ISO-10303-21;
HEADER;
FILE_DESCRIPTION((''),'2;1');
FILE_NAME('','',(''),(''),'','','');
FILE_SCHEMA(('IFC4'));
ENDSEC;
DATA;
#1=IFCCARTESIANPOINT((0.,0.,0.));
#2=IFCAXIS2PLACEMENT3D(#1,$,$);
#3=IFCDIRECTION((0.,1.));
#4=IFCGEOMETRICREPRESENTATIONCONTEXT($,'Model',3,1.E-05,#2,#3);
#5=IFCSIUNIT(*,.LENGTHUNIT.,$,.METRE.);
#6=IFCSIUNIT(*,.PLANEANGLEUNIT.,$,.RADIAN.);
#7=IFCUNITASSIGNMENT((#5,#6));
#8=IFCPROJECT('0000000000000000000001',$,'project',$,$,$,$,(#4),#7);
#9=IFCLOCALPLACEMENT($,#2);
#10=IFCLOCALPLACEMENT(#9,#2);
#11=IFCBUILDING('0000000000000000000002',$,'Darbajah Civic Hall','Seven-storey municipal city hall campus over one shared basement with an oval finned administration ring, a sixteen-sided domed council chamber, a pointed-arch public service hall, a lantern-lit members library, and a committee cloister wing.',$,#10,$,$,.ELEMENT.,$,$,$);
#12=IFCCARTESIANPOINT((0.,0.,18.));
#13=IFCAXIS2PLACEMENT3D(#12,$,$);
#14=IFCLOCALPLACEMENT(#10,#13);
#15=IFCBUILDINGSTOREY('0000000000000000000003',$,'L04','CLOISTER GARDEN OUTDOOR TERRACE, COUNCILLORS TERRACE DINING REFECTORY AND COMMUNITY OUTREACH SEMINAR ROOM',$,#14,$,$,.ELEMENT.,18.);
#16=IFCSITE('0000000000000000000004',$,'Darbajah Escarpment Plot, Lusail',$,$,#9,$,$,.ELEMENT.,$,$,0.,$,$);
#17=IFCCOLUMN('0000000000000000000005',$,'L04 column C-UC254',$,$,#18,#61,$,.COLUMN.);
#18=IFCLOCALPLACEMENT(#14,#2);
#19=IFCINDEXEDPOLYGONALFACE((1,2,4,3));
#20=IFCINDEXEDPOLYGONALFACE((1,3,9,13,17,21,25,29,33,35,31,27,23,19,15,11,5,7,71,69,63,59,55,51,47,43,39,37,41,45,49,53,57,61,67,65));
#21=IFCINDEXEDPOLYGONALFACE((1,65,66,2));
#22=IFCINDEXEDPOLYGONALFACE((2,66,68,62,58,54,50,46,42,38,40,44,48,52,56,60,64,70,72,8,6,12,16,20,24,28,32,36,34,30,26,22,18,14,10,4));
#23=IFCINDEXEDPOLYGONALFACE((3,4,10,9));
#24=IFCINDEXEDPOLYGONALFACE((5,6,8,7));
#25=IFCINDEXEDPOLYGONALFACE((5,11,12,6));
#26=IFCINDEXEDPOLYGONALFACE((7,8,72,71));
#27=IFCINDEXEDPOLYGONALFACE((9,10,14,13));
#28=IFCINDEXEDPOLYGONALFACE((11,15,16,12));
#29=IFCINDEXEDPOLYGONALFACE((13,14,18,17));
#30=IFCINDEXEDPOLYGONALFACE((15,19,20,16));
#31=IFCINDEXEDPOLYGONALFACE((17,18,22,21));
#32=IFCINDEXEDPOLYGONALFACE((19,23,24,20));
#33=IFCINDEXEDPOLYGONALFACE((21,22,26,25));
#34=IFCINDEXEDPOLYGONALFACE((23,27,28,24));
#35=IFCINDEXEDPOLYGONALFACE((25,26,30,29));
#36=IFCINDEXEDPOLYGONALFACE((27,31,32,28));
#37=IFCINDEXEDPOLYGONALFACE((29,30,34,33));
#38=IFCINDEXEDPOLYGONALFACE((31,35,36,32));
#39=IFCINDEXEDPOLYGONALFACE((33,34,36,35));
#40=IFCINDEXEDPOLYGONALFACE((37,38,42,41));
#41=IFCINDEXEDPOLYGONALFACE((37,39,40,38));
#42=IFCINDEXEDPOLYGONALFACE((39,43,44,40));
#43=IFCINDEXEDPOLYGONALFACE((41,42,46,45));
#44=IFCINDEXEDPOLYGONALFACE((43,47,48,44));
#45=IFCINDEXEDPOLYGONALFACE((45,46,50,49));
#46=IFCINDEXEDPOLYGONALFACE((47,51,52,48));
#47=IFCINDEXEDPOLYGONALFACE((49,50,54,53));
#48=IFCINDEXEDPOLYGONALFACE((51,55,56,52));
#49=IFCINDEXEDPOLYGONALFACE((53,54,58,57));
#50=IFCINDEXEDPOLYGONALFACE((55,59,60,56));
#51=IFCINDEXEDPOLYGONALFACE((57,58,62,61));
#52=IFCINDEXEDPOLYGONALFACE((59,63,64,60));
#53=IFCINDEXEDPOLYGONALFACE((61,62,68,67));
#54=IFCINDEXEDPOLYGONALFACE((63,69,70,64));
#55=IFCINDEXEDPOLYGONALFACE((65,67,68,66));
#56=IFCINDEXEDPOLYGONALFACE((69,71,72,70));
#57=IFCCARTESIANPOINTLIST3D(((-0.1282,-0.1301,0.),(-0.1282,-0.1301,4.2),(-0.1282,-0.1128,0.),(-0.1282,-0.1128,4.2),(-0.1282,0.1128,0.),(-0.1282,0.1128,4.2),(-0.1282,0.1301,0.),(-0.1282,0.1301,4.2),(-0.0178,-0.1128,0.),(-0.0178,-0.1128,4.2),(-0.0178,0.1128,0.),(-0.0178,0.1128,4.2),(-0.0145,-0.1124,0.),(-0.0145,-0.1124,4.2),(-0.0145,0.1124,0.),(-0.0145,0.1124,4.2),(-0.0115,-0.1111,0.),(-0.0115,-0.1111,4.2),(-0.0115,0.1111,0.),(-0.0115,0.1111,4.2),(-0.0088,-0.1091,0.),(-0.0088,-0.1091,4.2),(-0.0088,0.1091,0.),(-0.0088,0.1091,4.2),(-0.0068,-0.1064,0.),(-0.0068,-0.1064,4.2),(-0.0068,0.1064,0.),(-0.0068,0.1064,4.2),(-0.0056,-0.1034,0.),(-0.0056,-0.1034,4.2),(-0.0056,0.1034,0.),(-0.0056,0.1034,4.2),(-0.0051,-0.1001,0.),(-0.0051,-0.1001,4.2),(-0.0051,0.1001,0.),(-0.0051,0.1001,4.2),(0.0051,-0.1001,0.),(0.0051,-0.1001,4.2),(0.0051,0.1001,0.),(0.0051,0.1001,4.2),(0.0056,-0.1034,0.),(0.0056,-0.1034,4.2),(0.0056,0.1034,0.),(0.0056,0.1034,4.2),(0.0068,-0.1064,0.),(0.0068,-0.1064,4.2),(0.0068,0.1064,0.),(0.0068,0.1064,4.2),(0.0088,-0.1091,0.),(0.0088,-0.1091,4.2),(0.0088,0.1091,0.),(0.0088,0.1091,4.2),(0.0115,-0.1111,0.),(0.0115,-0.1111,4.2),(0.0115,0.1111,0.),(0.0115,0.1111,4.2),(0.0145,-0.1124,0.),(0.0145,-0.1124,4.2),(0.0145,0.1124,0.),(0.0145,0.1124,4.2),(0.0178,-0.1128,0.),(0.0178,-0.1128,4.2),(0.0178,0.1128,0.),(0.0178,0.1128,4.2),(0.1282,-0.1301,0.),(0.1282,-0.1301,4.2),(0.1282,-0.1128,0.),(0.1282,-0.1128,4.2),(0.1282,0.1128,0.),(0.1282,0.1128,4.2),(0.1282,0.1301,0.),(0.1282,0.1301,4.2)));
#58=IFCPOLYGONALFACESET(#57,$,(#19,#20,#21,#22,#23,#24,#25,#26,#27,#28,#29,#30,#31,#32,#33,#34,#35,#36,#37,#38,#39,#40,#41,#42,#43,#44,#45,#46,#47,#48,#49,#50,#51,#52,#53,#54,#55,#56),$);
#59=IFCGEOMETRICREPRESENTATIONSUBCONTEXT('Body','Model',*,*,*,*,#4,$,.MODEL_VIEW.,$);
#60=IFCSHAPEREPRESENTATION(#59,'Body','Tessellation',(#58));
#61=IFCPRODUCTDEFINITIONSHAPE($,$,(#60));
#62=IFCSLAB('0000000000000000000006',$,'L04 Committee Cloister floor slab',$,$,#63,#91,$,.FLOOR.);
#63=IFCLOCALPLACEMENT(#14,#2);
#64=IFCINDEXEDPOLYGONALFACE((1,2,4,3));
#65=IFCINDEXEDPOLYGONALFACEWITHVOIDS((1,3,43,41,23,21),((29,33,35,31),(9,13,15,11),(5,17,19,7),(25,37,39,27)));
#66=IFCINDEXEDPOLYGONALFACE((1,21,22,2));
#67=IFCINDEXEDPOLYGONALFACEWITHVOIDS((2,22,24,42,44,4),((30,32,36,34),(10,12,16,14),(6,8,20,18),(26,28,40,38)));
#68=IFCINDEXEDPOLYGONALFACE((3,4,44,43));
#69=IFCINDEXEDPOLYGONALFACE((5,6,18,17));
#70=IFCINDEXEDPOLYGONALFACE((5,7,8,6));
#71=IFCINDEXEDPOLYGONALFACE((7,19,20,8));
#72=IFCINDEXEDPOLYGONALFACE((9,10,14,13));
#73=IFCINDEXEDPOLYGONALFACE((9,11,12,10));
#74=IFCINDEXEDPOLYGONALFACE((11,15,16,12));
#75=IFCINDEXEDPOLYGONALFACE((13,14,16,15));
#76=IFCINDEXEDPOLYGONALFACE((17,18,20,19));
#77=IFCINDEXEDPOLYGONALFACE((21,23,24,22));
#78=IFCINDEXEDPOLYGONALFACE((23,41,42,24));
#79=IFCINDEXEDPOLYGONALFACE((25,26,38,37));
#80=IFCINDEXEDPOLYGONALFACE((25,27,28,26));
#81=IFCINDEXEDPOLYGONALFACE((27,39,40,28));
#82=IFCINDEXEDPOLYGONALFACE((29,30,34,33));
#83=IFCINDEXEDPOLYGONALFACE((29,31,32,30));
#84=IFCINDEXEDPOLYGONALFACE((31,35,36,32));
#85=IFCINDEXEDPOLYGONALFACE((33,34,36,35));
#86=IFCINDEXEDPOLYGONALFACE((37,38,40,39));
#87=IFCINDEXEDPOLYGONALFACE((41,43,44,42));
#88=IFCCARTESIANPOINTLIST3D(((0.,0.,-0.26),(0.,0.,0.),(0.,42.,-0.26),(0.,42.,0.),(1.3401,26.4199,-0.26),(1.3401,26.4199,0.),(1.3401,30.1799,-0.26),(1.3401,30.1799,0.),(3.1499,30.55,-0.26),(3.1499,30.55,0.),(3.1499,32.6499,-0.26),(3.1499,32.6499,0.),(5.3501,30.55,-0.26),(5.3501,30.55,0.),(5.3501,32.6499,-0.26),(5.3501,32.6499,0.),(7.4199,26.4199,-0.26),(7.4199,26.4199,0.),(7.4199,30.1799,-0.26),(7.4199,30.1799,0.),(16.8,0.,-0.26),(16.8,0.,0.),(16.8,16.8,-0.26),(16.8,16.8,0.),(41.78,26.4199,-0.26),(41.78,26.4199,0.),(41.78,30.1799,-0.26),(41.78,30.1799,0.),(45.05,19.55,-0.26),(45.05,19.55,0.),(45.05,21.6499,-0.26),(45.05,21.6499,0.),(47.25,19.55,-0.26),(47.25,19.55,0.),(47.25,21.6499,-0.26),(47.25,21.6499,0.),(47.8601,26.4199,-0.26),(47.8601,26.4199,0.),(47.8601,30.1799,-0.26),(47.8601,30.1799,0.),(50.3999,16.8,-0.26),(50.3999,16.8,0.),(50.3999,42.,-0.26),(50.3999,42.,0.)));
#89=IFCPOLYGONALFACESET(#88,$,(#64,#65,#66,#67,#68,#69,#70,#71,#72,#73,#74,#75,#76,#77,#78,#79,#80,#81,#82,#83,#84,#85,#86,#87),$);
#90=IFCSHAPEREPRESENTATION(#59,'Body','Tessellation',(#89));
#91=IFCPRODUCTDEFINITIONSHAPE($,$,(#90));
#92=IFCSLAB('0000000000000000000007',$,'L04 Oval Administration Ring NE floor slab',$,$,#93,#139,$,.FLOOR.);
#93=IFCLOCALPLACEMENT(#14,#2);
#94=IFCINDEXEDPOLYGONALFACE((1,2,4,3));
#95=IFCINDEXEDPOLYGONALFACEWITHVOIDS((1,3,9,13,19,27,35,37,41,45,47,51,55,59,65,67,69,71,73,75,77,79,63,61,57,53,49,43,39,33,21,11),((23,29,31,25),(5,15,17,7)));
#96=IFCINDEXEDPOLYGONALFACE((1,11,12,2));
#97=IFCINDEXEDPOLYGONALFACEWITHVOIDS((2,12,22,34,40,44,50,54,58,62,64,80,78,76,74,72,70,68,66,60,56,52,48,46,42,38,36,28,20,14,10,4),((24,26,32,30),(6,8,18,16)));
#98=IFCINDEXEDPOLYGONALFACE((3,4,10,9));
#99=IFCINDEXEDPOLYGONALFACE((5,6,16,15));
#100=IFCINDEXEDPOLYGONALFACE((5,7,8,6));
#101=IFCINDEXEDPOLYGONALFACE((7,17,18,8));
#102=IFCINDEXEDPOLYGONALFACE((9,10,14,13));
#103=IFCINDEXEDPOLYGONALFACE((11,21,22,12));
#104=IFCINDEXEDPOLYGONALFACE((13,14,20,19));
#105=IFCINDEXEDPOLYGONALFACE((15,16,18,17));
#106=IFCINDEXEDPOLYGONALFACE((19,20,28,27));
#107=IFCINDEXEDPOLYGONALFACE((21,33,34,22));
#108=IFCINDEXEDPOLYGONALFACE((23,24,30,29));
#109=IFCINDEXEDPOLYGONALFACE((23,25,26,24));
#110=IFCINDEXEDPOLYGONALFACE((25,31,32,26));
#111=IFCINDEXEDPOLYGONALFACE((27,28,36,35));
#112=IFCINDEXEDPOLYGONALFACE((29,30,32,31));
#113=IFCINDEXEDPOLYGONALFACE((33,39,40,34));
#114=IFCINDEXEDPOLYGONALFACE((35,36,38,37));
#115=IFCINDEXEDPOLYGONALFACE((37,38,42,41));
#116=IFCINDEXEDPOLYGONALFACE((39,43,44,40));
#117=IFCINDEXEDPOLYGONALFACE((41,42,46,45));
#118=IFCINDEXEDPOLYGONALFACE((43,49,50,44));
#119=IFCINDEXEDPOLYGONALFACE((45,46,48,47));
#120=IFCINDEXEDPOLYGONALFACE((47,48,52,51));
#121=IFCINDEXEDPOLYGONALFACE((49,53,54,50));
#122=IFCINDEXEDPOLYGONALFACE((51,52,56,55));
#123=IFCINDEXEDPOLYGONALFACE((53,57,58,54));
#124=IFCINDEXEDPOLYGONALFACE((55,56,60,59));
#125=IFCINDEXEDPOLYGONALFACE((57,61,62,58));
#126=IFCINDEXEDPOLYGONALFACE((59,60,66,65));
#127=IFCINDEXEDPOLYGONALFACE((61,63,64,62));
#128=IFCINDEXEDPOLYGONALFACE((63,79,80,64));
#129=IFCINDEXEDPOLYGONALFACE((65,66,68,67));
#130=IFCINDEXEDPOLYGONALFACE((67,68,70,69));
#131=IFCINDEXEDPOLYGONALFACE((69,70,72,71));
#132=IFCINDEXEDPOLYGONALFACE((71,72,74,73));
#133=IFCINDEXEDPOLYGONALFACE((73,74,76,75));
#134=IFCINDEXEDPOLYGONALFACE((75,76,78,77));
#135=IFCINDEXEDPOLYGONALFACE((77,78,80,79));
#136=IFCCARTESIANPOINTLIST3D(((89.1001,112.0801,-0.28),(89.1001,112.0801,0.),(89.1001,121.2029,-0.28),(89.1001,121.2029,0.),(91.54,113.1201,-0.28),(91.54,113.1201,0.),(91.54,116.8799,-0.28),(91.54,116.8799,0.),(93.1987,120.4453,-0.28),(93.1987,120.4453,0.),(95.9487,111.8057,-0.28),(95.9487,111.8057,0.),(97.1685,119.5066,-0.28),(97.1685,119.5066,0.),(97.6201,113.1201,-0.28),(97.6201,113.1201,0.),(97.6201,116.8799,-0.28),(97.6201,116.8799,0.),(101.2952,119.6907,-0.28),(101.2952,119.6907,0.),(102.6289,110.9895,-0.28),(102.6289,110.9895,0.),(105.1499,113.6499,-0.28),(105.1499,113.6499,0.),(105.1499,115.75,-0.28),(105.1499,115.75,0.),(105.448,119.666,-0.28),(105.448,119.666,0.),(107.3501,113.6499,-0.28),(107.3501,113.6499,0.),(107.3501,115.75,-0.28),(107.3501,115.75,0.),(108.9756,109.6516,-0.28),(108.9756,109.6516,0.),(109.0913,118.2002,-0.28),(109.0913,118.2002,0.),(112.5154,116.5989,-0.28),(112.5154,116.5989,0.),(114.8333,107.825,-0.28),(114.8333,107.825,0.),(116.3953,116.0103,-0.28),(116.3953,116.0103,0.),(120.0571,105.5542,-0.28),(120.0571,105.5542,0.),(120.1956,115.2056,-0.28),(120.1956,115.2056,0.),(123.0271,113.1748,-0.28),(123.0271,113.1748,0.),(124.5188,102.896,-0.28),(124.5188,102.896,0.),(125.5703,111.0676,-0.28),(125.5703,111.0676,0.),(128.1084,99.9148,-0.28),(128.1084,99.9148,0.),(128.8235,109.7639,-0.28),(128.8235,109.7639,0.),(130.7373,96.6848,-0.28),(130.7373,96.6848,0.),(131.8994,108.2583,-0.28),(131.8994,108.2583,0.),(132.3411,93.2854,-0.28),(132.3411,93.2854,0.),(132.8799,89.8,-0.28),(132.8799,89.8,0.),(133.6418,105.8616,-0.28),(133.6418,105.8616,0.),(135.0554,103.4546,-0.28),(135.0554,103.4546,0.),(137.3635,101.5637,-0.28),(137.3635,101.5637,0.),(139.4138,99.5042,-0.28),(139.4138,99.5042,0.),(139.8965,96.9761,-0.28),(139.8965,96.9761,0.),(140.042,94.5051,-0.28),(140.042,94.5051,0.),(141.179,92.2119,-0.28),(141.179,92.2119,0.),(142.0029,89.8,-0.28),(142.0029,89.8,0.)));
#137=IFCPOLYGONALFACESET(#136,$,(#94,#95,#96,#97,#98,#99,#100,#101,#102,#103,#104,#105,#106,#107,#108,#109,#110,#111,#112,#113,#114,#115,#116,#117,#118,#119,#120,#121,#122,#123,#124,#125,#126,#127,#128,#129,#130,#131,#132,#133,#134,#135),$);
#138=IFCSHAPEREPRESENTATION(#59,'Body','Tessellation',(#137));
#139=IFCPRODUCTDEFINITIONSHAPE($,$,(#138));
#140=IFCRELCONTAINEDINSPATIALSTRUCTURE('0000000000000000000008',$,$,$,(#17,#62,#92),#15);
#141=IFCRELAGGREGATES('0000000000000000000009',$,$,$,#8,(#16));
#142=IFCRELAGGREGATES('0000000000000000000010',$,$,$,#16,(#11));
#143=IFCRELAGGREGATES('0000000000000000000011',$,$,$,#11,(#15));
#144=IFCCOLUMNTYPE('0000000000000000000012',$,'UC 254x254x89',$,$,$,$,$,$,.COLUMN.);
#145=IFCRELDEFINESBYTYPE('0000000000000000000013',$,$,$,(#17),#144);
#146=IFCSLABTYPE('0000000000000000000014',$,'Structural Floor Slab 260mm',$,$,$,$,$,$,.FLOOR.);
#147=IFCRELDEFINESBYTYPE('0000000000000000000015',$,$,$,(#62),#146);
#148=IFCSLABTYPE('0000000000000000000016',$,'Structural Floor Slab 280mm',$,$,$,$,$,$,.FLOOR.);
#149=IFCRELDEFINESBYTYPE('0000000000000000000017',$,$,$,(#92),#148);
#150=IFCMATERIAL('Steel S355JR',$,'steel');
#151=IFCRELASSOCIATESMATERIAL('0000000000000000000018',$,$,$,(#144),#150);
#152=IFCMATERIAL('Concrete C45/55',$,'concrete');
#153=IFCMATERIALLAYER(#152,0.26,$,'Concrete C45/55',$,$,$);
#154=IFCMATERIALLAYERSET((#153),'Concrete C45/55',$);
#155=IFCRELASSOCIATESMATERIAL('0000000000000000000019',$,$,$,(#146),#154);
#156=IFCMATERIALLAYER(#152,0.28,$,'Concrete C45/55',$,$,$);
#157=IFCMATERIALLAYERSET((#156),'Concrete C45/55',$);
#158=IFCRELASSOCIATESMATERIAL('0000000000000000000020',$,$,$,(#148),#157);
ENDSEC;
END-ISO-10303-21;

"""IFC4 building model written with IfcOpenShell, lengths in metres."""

from ifc_helpers import new_model, si_unit, direction, frame, origin, origin_with_axes, origin_2d, place, context, subcontext, project, spatial, polyline, i_section, outline, extrude, material, layer, layer_set, material_profile, profile_set, type_object, element, save


model = new_model("IFC4")

# Units and contexts
model_context = context("Model", 3, precision=1e-05, world=origin(), true_north=direction((0.0, 1.0)))
body_context = subcontext(model_context, "Body", "Model", "MODEL_VIEW")
ifc_project = project(units=[si_unit("LENGTHUNIT", "METRE"), si_unit("PLANEANGLEUNIT", "RADIAN")], contexts=[model_context])

# Site, building, storey
site_placement = place(None, origin())
site = spatial("IfcSite", under=ifc_project, at=site_placement, Name="Darbajah Escarpment Plot, Lusail", CompositionType="ELEMENT", RefElevation=0.0)
building_placement = place(site_placement, origin())
building = spatial("IfcBuilding", under=site, at=building_placement, Name="Darbajah Civic Hall", Description="Seven-storey municipal city hall campus over one shared basement with an oval finned administration ring, a sixteen-sided domed council chamber, a pointed-arch public service hall, a lantern-lit members library, and a committee cloister wing.", CompositionType="ELEMENT")
storey_placement = place(building_placement, frame((0.0, 0.0, 18.0)))
storey = spatial("IfcBuildingStorey", under=building, at=storey_placement, Name="L04", Description="CLOISTER GARDEN OUTDOOR TERRACE, COUNCILLORS TERRACE DINING REFECTORY AND COMMUNITY OUTREACH SEMINAR ROOM", CompositionType="ELEMENT", Elevation=18.0)

# Column
ifc_material_1 = material(Name="Steel S355JR", Category="steel")
ifc_material_profile = material_profile(ifc_material_1, i_section(OverallWidth=0.2563, OverallDepth=0.2603, WebThickness=0.0103, FlangeThickness=0.0173, FilletRadius=0.0127, at=origin_2d()), Name="UC 254x254x89")
ifc_profile_set = profile_set([ifc_material_profile], Name="Steel S355JR")
column_type = type_object("IfcColumnType", Name="UC 254x254x89", PredefinedType="COLUMN", material=ifc_profile_set)
column_placement = place(storey_placement, origin_with_axes())
element("IfcColumn", 1, at=column_placement, inside=storey, type_object=column_type, Name="L04 column C-UC254", PredefinedType="COLUMN", context=body_context, shape_type="SweptSolid", body=[
    extrude(i_section(OverallWidth=0.2563, OverallDepth=0.2603, WebThickness=0.0103, FlangeThickness=0.0173, FilletRadius=0.0127, at=origin_2d()), origin(), (0.0, 0.0, 1.0), 4.2),
])

# Slabs
ifc_material_2 = material(Name="Concrete C45/55", Category="concrete")
ifc_layer_1 = layer(ifc_material_2, 0.26, Name="Concrete C45/55")
ifc_layer_set_1 = layer_set([ifc_layer_1], Name="Concrete C45/55")
slab_type_1 = type_object("IfcSlabType", Name="Structural Floor Slab 260mm", PredefinedType="FLOOR", material=ifc_layer_set_1)
slab_1_placement = place(storey_placement, frame((0.0, 0.0, -0.26)))
element("IfcSlab", 2, at=slab_1_placement, inside=storey, type_object=slab_type_1, Name="L04 Committee Cloister floor slab", PredefinedType="FLOOR", context=body_context, shape_type="SweptSolid", body=[
    extrude(outline(polyline([(0.0, 0.0), (16.8, 0.0), (16.8, 16.8), (50.3999, 16.8), (50.3999, 42.0), (0.0, 42.0), (0.0, 0.0)]), holes=[polyline([(1.3401, 30.1799), (7.4199, 30.1799), (7.4199, 26.4199), (1.3401, 26.4199), (1.3401, 30.1799)]), polyline([(3.1499, 32.6499), (5.3501, 32.6499), (5.3501, 30.55), (3.1499, 30.55), (3.1499, 32.6499)]), polyline([(41.78, 30.1799), (47.8601, 30.1799), (47.8601, 26.4199), (41.78, 26.4199), (41.78, 30.1799)]), polyline([(45.05, 21.6499), (47.25, 21.6499), (47.25, 19.55), (45.05, 19.55), (45.05, 21.6499)])]), origin(), (0.0, 0.0, 1.0), 0.26),
])
ifc_layer_2 = layer(ifc_material_2, 0.28, Name="Concrete C45/55")
ifc_layer_set_2 = layer_set([ifc_layer_2], Name="Concrete C45/55")
slab_type_2 = type_object("IfcSlabType", Name="Structural Floor Slab 280mm", PredefinedType="FLOOR", material=ifc_layer_set_2)
slab_2_placement = place(storey_placement, frame((0.0, 0.0, -0.28)))
element("IfcSlab", 3, at=slab_2_placement, inside=storey, type_object=slab_type_2, Name="L04 Oval Administration Ring NE floor slab", PredefinedType="FLOOR", context=body_context, shape_type="SweptSolid", body=[
    extrude(outline(polyline([(142.0029, 89.8), (141.179, 92.2119), (140.042, 94.5051), (139.8965, 96.9761), (139.4138, 99.5042), (137.3635, 101.5637), (135.0554, 103.4546), (133.6418, 105.8616), (131.8994, 108.2583), (128.8235, 109.7639), (125.5703, 111.0676), (123.0271, 113.1748), (120.1956, 115.2056), (116.3953, 116.0103), (112.5154, 116.5989), (109.0913, 118.2002), (105.448, 119.666), (101.2952, 119.6907), (97.1685, 119.5066), (93.1987, 120.4453), (89.1001, 121.2029), (89.1001, 112.0801), (95.9487, 111.8057), (102.6289, 110.9895), (108.9756, 109.6516), (114.8333, 107.825), (120.0571, 105.5542), (124.5188, 102.896), (128.1084, 99.9148), (130.7373, 96.6848), (132.3411, 93.2854), (132.8799, 89.8), (142.0029, 89.8)]), holes=[polyline([(91.54, 116.8799), (97.6201, 116.8799), (97.6201, 113.1201), (91.54, 113.1201), (91.54, 116.8799)]), polyline([(105.1499, 115.75), (107.3501, 115.75), (107.3501, 113.6499), (105.1499, 113.6499), (105.1499, 115.75)])]), origin(), (0.0, 0.0, 1.0), 0.28),
])

save(model, "model.ifc")
